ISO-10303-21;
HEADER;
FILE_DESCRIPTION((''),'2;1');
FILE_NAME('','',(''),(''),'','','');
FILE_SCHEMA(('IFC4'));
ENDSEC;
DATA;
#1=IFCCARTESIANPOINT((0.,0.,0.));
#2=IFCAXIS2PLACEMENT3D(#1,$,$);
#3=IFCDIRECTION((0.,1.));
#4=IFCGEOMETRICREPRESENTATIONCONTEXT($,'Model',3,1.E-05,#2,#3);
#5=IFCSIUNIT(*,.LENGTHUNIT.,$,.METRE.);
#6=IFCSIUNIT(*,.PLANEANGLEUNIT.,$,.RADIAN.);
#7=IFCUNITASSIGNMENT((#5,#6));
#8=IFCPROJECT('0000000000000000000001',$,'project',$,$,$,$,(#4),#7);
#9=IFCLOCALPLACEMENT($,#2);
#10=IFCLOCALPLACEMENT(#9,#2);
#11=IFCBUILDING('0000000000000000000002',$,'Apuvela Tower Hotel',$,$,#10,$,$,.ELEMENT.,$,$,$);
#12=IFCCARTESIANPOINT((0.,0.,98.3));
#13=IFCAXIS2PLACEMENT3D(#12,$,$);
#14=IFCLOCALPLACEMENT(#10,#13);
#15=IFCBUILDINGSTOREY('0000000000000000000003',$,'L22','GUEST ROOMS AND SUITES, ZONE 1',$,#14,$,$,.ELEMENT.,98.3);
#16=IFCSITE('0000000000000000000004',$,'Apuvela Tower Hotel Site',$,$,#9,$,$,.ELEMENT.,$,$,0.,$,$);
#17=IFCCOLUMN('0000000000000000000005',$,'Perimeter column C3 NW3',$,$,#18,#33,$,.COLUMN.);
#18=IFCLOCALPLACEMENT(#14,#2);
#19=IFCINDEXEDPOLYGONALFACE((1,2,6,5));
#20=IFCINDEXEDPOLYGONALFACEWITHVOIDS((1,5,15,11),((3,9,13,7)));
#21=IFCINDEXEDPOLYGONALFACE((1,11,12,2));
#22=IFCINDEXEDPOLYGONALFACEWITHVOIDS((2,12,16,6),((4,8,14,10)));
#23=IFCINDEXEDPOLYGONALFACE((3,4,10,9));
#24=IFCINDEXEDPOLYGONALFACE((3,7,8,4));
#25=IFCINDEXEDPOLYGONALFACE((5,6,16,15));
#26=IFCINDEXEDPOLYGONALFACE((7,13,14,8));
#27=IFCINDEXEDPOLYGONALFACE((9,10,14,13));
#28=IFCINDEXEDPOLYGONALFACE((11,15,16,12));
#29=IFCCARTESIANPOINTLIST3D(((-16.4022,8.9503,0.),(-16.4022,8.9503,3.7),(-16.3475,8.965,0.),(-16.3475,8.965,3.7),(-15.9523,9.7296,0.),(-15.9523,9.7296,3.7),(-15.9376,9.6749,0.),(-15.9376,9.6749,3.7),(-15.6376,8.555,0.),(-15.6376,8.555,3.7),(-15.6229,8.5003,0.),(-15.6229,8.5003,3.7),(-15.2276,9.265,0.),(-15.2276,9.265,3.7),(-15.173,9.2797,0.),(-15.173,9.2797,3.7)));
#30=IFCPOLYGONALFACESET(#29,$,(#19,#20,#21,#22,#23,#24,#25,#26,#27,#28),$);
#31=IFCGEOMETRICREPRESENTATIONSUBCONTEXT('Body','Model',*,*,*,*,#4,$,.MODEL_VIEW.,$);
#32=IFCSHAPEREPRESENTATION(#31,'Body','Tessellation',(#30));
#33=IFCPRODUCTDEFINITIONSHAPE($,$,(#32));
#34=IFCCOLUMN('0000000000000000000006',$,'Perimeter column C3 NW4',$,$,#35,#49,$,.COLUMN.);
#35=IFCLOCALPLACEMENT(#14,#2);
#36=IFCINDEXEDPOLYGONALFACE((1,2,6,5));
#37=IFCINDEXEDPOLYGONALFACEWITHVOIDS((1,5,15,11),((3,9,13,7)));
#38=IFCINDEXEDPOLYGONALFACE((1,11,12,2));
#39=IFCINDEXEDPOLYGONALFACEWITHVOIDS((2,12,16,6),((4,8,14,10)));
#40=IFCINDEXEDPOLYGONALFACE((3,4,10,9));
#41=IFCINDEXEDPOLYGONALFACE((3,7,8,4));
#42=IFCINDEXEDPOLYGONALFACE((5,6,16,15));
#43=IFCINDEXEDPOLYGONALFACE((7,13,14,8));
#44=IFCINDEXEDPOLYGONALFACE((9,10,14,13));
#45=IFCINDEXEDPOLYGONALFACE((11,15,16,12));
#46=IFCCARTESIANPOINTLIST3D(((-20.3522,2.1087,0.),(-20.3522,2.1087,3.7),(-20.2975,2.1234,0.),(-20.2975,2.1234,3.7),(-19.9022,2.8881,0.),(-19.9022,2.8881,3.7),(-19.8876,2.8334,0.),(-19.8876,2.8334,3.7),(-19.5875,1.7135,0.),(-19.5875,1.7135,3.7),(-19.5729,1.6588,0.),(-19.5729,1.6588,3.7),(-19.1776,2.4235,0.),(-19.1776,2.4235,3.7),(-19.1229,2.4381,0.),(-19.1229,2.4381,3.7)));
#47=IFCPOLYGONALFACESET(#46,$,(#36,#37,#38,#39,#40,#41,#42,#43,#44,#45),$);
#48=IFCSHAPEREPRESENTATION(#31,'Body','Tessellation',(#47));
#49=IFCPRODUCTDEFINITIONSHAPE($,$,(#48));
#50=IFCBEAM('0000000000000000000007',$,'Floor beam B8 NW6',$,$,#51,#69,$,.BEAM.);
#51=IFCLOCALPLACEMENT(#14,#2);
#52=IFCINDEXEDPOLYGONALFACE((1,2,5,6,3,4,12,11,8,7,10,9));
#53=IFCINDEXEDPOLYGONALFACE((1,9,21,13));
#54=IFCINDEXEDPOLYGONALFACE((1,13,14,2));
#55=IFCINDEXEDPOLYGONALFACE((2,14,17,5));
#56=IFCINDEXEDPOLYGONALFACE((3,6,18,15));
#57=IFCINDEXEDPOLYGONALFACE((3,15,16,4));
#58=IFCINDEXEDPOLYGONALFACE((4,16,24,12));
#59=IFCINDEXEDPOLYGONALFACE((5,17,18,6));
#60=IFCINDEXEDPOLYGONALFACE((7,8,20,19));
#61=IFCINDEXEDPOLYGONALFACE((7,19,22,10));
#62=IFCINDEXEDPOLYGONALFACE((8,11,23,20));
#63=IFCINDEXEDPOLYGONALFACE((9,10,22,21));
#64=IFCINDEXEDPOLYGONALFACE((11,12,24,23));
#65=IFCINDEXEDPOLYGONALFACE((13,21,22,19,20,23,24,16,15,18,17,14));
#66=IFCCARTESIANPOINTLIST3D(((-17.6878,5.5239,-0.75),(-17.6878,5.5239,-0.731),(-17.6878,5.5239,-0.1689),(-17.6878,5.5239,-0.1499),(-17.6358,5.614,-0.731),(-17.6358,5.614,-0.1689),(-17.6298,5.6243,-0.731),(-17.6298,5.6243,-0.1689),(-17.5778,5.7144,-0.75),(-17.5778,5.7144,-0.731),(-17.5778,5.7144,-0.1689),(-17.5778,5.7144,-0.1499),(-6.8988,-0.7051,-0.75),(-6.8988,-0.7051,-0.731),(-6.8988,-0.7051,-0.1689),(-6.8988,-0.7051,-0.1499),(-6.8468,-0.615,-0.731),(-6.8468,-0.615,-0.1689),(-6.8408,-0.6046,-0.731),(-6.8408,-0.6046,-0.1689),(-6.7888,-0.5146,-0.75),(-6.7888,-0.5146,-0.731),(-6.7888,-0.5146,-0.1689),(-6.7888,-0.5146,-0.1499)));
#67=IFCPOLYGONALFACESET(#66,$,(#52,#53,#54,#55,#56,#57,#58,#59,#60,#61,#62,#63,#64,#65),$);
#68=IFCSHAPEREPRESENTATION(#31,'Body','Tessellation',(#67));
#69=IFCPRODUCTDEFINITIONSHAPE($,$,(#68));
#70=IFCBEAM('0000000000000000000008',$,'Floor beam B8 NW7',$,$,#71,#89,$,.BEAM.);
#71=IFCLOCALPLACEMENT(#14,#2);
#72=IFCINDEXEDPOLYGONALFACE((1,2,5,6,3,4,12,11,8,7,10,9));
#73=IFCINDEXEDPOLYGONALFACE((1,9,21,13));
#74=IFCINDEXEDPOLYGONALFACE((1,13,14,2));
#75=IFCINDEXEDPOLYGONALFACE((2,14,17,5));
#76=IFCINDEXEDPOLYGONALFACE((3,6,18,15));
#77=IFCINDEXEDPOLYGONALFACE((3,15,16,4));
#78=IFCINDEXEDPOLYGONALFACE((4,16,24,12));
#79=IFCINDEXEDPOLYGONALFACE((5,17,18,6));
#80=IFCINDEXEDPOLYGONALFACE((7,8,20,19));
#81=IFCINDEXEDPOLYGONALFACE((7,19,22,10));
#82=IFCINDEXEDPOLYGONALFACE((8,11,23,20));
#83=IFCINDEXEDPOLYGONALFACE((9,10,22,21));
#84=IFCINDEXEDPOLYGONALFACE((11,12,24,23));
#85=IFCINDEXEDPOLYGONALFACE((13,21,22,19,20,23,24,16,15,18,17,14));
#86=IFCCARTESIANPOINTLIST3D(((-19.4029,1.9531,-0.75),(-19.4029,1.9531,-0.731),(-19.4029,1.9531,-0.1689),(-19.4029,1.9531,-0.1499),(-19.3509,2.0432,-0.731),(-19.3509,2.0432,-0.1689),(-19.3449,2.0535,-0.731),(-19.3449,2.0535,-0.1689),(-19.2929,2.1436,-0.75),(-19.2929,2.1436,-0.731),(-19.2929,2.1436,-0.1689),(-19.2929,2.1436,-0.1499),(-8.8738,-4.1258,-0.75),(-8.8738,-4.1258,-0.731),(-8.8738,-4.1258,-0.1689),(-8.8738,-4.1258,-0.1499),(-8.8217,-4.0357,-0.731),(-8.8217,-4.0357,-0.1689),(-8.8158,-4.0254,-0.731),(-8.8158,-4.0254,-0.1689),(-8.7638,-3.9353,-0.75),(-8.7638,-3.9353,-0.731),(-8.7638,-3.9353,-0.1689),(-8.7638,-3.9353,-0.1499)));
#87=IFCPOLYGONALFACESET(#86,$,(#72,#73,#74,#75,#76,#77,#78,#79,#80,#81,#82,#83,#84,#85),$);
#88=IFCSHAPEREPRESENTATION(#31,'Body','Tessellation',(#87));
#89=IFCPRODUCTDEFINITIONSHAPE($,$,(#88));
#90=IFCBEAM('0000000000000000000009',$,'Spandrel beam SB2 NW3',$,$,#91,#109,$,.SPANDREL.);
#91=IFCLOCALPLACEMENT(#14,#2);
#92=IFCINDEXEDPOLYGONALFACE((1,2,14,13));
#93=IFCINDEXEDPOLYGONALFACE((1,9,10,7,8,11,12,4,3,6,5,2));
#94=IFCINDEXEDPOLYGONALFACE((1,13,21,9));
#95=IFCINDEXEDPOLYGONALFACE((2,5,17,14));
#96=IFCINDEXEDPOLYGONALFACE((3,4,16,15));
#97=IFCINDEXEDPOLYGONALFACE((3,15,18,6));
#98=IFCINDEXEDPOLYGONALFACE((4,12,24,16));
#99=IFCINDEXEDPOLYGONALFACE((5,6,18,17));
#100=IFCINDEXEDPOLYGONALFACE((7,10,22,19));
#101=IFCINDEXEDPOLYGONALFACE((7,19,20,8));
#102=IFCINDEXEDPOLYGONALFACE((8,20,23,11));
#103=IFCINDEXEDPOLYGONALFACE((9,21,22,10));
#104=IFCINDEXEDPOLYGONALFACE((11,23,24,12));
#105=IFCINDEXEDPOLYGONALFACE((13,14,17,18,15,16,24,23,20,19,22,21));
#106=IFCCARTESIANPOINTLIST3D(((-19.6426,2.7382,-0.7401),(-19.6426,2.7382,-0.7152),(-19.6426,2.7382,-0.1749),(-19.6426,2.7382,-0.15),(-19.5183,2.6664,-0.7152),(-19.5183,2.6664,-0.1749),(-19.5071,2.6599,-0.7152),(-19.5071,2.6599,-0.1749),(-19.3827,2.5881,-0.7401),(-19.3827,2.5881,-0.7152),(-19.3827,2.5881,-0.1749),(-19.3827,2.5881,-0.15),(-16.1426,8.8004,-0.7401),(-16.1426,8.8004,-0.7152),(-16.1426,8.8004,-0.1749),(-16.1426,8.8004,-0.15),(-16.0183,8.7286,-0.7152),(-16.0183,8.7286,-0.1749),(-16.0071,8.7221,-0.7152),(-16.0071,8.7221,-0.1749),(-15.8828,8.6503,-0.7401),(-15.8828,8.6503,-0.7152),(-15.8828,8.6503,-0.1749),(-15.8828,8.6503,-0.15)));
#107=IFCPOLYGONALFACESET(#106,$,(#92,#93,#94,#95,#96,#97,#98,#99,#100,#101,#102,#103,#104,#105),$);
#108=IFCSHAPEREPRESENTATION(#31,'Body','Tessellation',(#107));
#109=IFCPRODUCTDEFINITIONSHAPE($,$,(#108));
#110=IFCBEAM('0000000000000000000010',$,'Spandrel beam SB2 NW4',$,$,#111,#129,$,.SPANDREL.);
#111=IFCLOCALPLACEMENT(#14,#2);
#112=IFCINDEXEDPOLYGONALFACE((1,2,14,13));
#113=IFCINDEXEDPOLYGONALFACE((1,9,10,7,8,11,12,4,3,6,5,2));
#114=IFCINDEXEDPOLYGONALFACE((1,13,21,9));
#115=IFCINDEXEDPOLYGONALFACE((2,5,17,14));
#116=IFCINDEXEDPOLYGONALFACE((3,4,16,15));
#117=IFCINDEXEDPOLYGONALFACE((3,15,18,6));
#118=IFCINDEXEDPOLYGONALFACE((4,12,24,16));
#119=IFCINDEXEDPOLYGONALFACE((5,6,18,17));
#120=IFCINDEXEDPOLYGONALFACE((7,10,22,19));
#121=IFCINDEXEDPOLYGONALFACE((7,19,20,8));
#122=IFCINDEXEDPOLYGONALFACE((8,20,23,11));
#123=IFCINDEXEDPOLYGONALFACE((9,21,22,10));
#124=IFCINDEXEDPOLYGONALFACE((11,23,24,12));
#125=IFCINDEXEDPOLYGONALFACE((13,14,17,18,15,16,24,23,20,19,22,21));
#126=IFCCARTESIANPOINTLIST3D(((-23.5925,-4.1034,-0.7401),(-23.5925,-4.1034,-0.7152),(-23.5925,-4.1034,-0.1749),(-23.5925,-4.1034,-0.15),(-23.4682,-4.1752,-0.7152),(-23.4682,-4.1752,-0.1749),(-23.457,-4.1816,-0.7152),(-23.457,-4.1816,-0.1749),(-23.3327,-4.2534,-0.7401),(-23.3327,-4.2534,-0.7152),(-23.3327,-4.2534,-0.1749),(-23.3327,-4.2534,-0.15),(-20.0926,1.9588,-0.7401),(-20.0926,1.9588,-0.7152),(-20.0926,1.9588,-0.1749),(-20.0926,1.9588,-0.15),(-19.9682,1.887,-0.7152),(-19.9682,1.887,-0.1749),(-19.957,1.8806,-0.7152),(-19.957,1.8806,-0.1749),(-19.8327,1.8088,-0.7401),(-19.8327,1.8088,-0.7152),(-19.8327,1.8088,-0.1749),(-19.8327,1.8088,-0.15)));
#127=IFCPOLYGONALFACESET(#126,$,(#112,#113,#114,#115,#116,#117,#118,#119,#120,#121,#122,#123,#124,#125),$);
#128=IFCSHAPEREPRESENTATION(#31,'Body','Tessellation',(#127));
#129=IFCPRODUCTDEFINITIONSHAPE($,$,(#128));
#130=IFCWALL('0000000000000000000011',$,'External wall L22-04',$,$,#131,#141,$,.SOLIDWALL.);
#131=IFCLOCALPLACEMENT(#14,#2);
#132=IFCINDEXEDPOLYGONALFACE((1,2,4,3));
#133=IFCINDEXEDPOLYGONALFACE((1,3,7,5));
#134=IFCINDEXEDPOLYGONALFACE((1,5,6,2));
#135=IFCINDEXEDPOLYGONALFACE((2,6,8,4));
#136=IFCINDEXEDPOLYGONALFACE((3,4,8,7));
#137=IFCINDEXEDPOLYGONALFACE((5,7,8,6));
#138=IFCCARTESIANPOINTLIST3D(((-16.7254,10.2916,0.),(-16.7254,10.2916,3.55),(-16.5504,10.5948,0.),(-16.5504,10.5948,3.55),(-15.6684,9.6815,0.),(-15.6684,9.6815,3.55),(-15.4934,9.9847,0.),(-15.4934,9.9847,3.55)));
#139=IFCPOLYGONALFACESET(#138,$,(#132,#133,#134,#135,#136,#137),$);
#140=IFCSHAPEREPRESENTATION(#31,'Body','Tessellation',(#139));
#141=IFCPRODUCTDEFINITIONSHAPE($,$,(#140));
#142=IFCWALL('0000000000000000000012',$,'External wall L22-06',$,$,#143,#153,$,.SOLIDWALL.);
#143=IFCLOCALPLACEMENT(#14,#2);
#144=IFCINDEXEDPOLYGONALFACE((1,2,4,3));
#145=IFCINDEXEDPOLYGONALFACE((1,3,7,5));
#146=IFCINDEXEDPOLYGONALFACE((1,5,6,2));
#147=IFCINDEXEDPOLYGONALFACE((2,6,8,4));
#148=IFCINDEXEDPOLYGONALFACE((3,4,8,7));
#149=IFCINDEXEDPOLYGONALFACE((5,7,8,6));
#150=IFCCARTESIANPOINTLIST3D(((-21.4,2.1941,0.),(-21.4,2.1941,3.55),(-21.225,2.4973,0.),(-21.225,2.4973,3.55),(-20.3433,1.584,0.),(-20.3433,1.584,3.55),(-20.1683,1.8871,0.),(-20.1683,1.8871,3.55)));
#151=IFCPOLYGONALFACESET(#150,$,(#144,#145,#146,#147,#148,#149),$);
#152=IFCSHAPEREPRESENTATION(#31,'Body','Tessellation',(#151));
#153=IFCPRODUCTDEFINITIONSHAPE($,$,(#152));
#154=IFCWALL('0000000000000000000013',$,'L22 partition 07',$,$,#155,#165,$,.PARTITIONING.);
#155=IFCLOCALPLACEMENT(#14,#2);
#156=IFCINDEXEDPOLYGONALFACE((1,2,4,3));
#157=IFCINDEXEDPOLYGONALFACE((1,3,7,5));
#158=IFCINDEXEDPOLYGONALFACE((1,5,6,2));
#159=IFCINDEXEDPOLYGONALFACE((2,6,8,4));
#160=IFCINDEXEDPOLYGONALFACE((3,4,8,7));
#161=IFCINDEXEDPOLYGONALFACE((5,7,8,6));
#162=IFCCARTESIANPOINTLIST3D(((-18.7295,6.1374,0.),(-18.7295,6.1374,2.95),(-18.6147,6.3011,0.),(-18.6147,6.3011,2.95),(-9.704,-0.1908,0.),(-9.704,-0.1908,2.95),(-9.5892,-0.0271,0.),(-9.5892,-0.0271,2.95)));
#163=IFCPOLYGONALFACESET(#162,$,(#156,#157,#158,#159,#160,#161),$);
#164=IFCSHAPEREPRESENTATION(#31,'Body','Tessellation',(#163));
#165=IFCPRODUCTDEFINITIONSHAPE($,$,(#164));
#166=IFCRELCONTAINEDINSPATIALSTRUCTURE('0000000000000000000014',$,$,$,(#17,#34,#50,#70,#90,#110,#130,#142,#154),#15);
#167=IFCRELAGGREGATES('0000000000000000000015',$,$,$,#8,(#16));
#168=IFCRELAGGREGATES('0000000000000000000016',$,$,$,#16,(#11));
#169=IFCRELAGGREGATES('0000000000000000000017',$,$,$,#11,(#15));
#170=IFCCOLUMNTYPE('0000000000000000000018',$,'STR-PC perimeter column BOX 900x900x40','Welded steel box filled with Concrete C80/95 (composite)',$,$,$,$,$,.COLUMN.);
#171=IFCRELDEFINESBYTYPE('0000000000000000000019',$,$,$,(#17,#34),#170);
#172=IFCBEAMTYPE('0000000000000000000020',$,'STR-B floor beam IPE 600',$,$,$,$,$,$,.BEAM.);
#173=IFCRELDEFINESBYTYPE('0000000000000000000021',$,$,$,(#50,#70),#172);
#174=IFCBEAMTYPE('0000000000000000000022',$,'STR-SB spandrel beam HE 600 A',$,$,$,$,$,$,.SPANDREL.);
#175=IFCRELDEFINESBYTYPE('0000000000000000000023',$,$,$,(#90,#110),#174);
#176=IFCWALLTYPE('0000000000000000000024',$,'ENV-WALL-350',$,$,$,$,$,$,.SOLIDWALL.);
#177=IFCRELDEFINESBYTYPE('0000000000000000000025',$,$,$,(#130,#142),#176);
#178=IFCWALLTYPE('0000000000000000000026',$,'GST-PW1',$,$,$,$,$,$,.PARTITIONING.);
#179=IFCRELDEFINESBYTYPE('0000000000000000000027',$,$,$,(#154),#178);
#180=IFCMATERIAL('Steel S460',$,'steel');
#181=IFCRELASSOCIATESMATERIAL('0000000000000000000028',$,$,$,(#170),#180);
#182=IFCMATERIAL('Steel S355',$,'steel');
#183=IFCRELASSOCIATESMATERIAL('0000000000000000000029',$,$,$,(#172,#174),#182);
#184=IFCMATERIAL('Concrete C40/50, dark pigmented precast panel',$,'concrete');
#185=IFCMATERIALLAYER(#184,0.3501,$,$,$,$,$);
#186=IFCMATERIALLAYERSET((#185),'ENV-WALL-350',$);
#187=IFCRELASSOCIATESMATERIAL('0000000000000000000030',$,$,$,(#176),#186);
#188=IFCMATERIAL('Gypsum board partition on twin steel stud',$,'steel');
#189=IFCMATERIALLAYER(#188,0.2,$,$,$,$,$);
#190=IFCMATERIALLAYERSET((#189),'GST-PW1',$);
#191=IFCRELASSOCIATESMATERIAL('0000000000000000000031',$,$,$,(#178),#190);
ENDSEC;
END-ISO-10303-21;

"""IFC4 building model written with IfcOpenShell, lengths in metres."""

from ifc_helpers import new_model, si_unit, direction, frame, frame_2d, origin, origin_2d, place, context, subcontext, project, spatial, rectangle, hollow_rectangle, i_section, extrude, material, layer, layer_set, material_profile, profile_set, type_object, element, save


model = new_model("IFC4")

# Units and contexts
model_context = context("Model", 3, precision=1e-05, world=origin(), true_north=direction((0.0, 1.0)))
body_context = subcontext(model_context, "Body", "Model", "MODEL_VIEW")
ifc_project = project(units=[si_unit("LENGTHUNIT", "METRE"), si_unit("PLANEANGLEUNIT", "RADIAN")], contexts=[model_context])

# Site, building, storey
site_placement = place(None, origin())
site = spatial("IfcSite", under=ifc_project, at=site_placement, Name="Apuvela Tower Hotel Site", CompositionType="ELEMENT", RefElevation=0.0)
building_placement = place(site_placement, origin())
building = spatial("IfcBuilding", under=site, at=building_placement, Name="Apuvela Tower Hotel", CompositionType="ELEMENT")
storey_placement = place(building_placement, frame((0.0, 0.0, 98.3)))
storey = spatial("IfcBuildingStorey", under=building, at=storey_placement, Name="L22", Description="GUEST ROOMS AND SUITES, ZONE 1", CompositionType="ELEMENT", Elevation=98.3)

# Columns
ifc_material_1 = material(Name="Steel S460", Category="steel")
ifc_material_profile_1 = material_profile(ifc_material_1, hollow_rectangle(XDim=0.8999, YDim=0.8999, WallThickness=0.04, at=origin_2d()), Name="BOX 900x900x40")
ifc_material_2 = material(Name="Concrete C80/95", Category="concrete")
ifc_material_profile_2 = material_profile(ifc_material_2, rectangle(XDim=0.8201, YDim=0.8201, at=origin_2d()), Name="Concrete C80/95 infill")
ifc_profile_set_1 = profile_set([ifc_material_profile_1, ifc_material_profile_2], Name="Steel S460")
column_type = type_object("IfcColumnType", Name="STR-PC perimeter column BOX 900x900x40", Description="Welded steel box filled with Concrete C80/95 (composite)", PredefinedType="COLUMN", material=ifc_profile_set_1)
for number, where, z_axis, x_axis, name in (
    (1, (-15.7876, 9.115, 0.0), (0.0, 0.0, 1.0), (0.5, 0.866025, 0.0), "Perimeter column C3 NW3"),
    (2, (-19.7375, 2.2734, 0.0), (0.0, 0.0, 1.0), (0.5, 0.866025, 0.0), "Perimeter column C3 NW4"),
):
    element("IfcColumn", number, at=place(storey_placement, frame(where, z_axis=z_axis, x_axis=x_axis)), inside=storey, type_object=column_type, Name=name, PredefinedType="COLUMN", context=body_context, shape_type="SweptSolid", body=[
        extrude(hollow_rectangle(XDim=0.8999, YDim=0.8999, WallThickness=0.04, at=origin_2d()), origin(), (0.0, 0.0, 1.0), 3.7),
    ])

# Beams
ifc_material_3 = material(Name="Steel S355", Category="steel")
ifc_material_profile_3 = material_profile(ifc_material_3, i_section(OverallWidth=0.22, OverallDepth=0.6001, WebThickness=0.012, FlangeThickness=0.019, at=origin_2d()), Name="IPE 600")
ifc_profile_set_2 = profile_set([ifc_material_profile_3], Name="Steel S355")
beam_type_1 = type_object("IfcBeamType", Name="STR-B floor beam IPE 600", PredefinedType="BEAM", material=ifc_profile_set_2)
beam_1_placement = place(storey_placement, frame((-17.6328, 5.6191, -0.45), z_axis=(0.866028, -0.499996, 0.0), x_axis=(0.499996, 0.866028, 0.0)))
element("IfcBeam", 3, at=beam_1_placement, inside=storey, type_object=beam_type_1, Name="Floor beam B8 NW6", PredefinedType="BEAM", context=body_context, shape_type="SweptSolid", body=[
    extrude(i_section(OverallWidth=0.22, OverallDepth=0.6001, WebThickness=0.012, FlangeThickness=0.019, at=origin_2d()), origin(), (0.0, 0.0, 1.0), 12.458),
])
beam_2_placement = place(storey_placement, frame((-19.3479, 2.0483, -0.45), z_axis=(0.866029, -0.499994, 0.0), x_axis=(0.499994, 0.866029, 0.0)))
element("IfcBeam", 4, at=beam_2_placement, inside=storey, type_object=beam_type_1, Name="Floor beam B8 NW7", PredefinedType="BEAM", context=body_context, shape_type="SweptSolid", body=[
    extrude(i_section(OverallWidth=0.22, OverallDepth=0.6001, WebThickness=0.012, FlangeThickness=0.019, at=origin_2d()), origin(), (0.0, 0.0, 1.0), 12.158),
])
ifc_material_profile_4 = material_profile(ifc_material_3, i_section(OverallWidth=0.3, OverallDepth=0.5901, WebThickness=0.0129, FlangeThickness=0.0249, at=origin_2d()), Name="HE 600 A")
ifc_profile_set_3 = profile_set([ifc_material_profile_4], Name="Steel S355")
beam_type_2 = type_object("IfcBeamType", Name="STR-SB spandrel beam HE 600 A", PredefinedType="SPANDREL", material=ifc_profile_set_3)
for number, where, z_axis, x_axis, name in (
    (5, (-16.0127, 8.7253, -0.4451), (-0.499995, -0.866028, 0.0), (0.866028, -0.499995, 0.0), "Spandrel beam SB2 NW3"),
    (6, (-19.9626, 1.8838, -0.4451), (-0.499995, -0.866028, 0.0), (0.866028, -0.499995, 0.0), "Spandrel beam SB2 NW4"),
):
    element("IfcBeam", number, at=place(storey_placement, frame(where, z_axis=z_axis, x_axis=x_axis)), inside=storey, type_object=beam_type_2, Name=name, PredefinedType="SPANDREL", context=body_context, shape_type="SweptSolid", body=[
        extrude(i_section(OverallWidth=0.3, OverallDepth=0.5901, WebThickness=0.0129, FlangeThickness=0.0249, at=origin_2d()), origin(), (0.0, 0.0, 1.0), 7.0),
    ])

# Wall
ifc_material_4 = material(Name="Concrete C40/50, dark pigmented precast panel", Category="concrete")
ifc_layer_1 = layer(ifc_material_4, 0.3501)
ifc_layer_set_1 = layer_set([ifc_layer_1], Name="ENV-WALL-350")
wall_type_1 = type_object("IfcWallType", Name="ENV-WALL-350", PredefinedType="SOLIDWALL", material=ifc_layer_set_1)
wall_1_placement = place(storey_placement, frame((-15.5808, 9.833, 0.0), z_axis=(0.0, 0.0, 1.0), x_axis=(-0.866056, 0.499948, 0.0)))
element("IfcWall", 7, at=wall_1_placement, inside=storey, type_object=wall_type_1, Name="External wall L22-04", PredefinedType="SOLIDWALL", context=body_context, shape_type="SweptSolid", body=[
    extrude(rectangle(XDim=1.2205, YDim=0.3501, at=frame_2d((0.6104, 0.0))), origin(), (0.0, 0.0, 1.0), 3.55),
])

# Wall
wall_2_placement = place(storey_placement, frame((-21.3125, 2.3457, 0.0), z_axis=(0.0, 0.0, 1.0), x_axis=(0.866006, -0.500034, 0.0)))
element("IfcWall", 8, at=wall_2_placement, inside=storey, type_object=wall_type_1, Name="External wall L22-06", PredefinedType="SOLIDWALL", context=body_context, shape_type="SweptSolid", body=[
    extrude(rectangle(XDim=1.2202, YDim=0.3501, at=frame_2d((0.6101, 0.0))), origin(), (0.0, 0.0, 1.0), 3.55),
])

# Wall
ifc_material_5 = material(Name="Gypsum board partition on twin steel stud", Category="steel")
ifc_layer_2 = layer(ifc_material_5, 0.2)
ifc_layer_set_2 = layer_set([ifc_layer_2], Name="GST-PW1")
wall_type_2 = type_object("IfcWallType", Name="GST-PW1", PredefinedType="PARTITIONING", material=ifc_layer_set_2)
wall_3_placement = place(storey_placement, frame((-18.6721, 6.2192, 0.0), z_axis=(0.0, 0.0, 1.0), x_axis=(0.81879, -0.574092, 0.0)))
element("IfcWall", 9, at=wall_3_placement, inside=storey, type_object=wall_type_2, Name="L22 partition 07", PredefinedType="PARTITIONING", context=body_context, shape_type="SweptSolid", body=[
    extrude(rectangle(XDim=11.0229, YDim=0.2, at=frame_2d((5.5115, 0.0))), origin(), (0.0, 0.0, 1.0), 2.95),
])

save(model, "model.ifc")
